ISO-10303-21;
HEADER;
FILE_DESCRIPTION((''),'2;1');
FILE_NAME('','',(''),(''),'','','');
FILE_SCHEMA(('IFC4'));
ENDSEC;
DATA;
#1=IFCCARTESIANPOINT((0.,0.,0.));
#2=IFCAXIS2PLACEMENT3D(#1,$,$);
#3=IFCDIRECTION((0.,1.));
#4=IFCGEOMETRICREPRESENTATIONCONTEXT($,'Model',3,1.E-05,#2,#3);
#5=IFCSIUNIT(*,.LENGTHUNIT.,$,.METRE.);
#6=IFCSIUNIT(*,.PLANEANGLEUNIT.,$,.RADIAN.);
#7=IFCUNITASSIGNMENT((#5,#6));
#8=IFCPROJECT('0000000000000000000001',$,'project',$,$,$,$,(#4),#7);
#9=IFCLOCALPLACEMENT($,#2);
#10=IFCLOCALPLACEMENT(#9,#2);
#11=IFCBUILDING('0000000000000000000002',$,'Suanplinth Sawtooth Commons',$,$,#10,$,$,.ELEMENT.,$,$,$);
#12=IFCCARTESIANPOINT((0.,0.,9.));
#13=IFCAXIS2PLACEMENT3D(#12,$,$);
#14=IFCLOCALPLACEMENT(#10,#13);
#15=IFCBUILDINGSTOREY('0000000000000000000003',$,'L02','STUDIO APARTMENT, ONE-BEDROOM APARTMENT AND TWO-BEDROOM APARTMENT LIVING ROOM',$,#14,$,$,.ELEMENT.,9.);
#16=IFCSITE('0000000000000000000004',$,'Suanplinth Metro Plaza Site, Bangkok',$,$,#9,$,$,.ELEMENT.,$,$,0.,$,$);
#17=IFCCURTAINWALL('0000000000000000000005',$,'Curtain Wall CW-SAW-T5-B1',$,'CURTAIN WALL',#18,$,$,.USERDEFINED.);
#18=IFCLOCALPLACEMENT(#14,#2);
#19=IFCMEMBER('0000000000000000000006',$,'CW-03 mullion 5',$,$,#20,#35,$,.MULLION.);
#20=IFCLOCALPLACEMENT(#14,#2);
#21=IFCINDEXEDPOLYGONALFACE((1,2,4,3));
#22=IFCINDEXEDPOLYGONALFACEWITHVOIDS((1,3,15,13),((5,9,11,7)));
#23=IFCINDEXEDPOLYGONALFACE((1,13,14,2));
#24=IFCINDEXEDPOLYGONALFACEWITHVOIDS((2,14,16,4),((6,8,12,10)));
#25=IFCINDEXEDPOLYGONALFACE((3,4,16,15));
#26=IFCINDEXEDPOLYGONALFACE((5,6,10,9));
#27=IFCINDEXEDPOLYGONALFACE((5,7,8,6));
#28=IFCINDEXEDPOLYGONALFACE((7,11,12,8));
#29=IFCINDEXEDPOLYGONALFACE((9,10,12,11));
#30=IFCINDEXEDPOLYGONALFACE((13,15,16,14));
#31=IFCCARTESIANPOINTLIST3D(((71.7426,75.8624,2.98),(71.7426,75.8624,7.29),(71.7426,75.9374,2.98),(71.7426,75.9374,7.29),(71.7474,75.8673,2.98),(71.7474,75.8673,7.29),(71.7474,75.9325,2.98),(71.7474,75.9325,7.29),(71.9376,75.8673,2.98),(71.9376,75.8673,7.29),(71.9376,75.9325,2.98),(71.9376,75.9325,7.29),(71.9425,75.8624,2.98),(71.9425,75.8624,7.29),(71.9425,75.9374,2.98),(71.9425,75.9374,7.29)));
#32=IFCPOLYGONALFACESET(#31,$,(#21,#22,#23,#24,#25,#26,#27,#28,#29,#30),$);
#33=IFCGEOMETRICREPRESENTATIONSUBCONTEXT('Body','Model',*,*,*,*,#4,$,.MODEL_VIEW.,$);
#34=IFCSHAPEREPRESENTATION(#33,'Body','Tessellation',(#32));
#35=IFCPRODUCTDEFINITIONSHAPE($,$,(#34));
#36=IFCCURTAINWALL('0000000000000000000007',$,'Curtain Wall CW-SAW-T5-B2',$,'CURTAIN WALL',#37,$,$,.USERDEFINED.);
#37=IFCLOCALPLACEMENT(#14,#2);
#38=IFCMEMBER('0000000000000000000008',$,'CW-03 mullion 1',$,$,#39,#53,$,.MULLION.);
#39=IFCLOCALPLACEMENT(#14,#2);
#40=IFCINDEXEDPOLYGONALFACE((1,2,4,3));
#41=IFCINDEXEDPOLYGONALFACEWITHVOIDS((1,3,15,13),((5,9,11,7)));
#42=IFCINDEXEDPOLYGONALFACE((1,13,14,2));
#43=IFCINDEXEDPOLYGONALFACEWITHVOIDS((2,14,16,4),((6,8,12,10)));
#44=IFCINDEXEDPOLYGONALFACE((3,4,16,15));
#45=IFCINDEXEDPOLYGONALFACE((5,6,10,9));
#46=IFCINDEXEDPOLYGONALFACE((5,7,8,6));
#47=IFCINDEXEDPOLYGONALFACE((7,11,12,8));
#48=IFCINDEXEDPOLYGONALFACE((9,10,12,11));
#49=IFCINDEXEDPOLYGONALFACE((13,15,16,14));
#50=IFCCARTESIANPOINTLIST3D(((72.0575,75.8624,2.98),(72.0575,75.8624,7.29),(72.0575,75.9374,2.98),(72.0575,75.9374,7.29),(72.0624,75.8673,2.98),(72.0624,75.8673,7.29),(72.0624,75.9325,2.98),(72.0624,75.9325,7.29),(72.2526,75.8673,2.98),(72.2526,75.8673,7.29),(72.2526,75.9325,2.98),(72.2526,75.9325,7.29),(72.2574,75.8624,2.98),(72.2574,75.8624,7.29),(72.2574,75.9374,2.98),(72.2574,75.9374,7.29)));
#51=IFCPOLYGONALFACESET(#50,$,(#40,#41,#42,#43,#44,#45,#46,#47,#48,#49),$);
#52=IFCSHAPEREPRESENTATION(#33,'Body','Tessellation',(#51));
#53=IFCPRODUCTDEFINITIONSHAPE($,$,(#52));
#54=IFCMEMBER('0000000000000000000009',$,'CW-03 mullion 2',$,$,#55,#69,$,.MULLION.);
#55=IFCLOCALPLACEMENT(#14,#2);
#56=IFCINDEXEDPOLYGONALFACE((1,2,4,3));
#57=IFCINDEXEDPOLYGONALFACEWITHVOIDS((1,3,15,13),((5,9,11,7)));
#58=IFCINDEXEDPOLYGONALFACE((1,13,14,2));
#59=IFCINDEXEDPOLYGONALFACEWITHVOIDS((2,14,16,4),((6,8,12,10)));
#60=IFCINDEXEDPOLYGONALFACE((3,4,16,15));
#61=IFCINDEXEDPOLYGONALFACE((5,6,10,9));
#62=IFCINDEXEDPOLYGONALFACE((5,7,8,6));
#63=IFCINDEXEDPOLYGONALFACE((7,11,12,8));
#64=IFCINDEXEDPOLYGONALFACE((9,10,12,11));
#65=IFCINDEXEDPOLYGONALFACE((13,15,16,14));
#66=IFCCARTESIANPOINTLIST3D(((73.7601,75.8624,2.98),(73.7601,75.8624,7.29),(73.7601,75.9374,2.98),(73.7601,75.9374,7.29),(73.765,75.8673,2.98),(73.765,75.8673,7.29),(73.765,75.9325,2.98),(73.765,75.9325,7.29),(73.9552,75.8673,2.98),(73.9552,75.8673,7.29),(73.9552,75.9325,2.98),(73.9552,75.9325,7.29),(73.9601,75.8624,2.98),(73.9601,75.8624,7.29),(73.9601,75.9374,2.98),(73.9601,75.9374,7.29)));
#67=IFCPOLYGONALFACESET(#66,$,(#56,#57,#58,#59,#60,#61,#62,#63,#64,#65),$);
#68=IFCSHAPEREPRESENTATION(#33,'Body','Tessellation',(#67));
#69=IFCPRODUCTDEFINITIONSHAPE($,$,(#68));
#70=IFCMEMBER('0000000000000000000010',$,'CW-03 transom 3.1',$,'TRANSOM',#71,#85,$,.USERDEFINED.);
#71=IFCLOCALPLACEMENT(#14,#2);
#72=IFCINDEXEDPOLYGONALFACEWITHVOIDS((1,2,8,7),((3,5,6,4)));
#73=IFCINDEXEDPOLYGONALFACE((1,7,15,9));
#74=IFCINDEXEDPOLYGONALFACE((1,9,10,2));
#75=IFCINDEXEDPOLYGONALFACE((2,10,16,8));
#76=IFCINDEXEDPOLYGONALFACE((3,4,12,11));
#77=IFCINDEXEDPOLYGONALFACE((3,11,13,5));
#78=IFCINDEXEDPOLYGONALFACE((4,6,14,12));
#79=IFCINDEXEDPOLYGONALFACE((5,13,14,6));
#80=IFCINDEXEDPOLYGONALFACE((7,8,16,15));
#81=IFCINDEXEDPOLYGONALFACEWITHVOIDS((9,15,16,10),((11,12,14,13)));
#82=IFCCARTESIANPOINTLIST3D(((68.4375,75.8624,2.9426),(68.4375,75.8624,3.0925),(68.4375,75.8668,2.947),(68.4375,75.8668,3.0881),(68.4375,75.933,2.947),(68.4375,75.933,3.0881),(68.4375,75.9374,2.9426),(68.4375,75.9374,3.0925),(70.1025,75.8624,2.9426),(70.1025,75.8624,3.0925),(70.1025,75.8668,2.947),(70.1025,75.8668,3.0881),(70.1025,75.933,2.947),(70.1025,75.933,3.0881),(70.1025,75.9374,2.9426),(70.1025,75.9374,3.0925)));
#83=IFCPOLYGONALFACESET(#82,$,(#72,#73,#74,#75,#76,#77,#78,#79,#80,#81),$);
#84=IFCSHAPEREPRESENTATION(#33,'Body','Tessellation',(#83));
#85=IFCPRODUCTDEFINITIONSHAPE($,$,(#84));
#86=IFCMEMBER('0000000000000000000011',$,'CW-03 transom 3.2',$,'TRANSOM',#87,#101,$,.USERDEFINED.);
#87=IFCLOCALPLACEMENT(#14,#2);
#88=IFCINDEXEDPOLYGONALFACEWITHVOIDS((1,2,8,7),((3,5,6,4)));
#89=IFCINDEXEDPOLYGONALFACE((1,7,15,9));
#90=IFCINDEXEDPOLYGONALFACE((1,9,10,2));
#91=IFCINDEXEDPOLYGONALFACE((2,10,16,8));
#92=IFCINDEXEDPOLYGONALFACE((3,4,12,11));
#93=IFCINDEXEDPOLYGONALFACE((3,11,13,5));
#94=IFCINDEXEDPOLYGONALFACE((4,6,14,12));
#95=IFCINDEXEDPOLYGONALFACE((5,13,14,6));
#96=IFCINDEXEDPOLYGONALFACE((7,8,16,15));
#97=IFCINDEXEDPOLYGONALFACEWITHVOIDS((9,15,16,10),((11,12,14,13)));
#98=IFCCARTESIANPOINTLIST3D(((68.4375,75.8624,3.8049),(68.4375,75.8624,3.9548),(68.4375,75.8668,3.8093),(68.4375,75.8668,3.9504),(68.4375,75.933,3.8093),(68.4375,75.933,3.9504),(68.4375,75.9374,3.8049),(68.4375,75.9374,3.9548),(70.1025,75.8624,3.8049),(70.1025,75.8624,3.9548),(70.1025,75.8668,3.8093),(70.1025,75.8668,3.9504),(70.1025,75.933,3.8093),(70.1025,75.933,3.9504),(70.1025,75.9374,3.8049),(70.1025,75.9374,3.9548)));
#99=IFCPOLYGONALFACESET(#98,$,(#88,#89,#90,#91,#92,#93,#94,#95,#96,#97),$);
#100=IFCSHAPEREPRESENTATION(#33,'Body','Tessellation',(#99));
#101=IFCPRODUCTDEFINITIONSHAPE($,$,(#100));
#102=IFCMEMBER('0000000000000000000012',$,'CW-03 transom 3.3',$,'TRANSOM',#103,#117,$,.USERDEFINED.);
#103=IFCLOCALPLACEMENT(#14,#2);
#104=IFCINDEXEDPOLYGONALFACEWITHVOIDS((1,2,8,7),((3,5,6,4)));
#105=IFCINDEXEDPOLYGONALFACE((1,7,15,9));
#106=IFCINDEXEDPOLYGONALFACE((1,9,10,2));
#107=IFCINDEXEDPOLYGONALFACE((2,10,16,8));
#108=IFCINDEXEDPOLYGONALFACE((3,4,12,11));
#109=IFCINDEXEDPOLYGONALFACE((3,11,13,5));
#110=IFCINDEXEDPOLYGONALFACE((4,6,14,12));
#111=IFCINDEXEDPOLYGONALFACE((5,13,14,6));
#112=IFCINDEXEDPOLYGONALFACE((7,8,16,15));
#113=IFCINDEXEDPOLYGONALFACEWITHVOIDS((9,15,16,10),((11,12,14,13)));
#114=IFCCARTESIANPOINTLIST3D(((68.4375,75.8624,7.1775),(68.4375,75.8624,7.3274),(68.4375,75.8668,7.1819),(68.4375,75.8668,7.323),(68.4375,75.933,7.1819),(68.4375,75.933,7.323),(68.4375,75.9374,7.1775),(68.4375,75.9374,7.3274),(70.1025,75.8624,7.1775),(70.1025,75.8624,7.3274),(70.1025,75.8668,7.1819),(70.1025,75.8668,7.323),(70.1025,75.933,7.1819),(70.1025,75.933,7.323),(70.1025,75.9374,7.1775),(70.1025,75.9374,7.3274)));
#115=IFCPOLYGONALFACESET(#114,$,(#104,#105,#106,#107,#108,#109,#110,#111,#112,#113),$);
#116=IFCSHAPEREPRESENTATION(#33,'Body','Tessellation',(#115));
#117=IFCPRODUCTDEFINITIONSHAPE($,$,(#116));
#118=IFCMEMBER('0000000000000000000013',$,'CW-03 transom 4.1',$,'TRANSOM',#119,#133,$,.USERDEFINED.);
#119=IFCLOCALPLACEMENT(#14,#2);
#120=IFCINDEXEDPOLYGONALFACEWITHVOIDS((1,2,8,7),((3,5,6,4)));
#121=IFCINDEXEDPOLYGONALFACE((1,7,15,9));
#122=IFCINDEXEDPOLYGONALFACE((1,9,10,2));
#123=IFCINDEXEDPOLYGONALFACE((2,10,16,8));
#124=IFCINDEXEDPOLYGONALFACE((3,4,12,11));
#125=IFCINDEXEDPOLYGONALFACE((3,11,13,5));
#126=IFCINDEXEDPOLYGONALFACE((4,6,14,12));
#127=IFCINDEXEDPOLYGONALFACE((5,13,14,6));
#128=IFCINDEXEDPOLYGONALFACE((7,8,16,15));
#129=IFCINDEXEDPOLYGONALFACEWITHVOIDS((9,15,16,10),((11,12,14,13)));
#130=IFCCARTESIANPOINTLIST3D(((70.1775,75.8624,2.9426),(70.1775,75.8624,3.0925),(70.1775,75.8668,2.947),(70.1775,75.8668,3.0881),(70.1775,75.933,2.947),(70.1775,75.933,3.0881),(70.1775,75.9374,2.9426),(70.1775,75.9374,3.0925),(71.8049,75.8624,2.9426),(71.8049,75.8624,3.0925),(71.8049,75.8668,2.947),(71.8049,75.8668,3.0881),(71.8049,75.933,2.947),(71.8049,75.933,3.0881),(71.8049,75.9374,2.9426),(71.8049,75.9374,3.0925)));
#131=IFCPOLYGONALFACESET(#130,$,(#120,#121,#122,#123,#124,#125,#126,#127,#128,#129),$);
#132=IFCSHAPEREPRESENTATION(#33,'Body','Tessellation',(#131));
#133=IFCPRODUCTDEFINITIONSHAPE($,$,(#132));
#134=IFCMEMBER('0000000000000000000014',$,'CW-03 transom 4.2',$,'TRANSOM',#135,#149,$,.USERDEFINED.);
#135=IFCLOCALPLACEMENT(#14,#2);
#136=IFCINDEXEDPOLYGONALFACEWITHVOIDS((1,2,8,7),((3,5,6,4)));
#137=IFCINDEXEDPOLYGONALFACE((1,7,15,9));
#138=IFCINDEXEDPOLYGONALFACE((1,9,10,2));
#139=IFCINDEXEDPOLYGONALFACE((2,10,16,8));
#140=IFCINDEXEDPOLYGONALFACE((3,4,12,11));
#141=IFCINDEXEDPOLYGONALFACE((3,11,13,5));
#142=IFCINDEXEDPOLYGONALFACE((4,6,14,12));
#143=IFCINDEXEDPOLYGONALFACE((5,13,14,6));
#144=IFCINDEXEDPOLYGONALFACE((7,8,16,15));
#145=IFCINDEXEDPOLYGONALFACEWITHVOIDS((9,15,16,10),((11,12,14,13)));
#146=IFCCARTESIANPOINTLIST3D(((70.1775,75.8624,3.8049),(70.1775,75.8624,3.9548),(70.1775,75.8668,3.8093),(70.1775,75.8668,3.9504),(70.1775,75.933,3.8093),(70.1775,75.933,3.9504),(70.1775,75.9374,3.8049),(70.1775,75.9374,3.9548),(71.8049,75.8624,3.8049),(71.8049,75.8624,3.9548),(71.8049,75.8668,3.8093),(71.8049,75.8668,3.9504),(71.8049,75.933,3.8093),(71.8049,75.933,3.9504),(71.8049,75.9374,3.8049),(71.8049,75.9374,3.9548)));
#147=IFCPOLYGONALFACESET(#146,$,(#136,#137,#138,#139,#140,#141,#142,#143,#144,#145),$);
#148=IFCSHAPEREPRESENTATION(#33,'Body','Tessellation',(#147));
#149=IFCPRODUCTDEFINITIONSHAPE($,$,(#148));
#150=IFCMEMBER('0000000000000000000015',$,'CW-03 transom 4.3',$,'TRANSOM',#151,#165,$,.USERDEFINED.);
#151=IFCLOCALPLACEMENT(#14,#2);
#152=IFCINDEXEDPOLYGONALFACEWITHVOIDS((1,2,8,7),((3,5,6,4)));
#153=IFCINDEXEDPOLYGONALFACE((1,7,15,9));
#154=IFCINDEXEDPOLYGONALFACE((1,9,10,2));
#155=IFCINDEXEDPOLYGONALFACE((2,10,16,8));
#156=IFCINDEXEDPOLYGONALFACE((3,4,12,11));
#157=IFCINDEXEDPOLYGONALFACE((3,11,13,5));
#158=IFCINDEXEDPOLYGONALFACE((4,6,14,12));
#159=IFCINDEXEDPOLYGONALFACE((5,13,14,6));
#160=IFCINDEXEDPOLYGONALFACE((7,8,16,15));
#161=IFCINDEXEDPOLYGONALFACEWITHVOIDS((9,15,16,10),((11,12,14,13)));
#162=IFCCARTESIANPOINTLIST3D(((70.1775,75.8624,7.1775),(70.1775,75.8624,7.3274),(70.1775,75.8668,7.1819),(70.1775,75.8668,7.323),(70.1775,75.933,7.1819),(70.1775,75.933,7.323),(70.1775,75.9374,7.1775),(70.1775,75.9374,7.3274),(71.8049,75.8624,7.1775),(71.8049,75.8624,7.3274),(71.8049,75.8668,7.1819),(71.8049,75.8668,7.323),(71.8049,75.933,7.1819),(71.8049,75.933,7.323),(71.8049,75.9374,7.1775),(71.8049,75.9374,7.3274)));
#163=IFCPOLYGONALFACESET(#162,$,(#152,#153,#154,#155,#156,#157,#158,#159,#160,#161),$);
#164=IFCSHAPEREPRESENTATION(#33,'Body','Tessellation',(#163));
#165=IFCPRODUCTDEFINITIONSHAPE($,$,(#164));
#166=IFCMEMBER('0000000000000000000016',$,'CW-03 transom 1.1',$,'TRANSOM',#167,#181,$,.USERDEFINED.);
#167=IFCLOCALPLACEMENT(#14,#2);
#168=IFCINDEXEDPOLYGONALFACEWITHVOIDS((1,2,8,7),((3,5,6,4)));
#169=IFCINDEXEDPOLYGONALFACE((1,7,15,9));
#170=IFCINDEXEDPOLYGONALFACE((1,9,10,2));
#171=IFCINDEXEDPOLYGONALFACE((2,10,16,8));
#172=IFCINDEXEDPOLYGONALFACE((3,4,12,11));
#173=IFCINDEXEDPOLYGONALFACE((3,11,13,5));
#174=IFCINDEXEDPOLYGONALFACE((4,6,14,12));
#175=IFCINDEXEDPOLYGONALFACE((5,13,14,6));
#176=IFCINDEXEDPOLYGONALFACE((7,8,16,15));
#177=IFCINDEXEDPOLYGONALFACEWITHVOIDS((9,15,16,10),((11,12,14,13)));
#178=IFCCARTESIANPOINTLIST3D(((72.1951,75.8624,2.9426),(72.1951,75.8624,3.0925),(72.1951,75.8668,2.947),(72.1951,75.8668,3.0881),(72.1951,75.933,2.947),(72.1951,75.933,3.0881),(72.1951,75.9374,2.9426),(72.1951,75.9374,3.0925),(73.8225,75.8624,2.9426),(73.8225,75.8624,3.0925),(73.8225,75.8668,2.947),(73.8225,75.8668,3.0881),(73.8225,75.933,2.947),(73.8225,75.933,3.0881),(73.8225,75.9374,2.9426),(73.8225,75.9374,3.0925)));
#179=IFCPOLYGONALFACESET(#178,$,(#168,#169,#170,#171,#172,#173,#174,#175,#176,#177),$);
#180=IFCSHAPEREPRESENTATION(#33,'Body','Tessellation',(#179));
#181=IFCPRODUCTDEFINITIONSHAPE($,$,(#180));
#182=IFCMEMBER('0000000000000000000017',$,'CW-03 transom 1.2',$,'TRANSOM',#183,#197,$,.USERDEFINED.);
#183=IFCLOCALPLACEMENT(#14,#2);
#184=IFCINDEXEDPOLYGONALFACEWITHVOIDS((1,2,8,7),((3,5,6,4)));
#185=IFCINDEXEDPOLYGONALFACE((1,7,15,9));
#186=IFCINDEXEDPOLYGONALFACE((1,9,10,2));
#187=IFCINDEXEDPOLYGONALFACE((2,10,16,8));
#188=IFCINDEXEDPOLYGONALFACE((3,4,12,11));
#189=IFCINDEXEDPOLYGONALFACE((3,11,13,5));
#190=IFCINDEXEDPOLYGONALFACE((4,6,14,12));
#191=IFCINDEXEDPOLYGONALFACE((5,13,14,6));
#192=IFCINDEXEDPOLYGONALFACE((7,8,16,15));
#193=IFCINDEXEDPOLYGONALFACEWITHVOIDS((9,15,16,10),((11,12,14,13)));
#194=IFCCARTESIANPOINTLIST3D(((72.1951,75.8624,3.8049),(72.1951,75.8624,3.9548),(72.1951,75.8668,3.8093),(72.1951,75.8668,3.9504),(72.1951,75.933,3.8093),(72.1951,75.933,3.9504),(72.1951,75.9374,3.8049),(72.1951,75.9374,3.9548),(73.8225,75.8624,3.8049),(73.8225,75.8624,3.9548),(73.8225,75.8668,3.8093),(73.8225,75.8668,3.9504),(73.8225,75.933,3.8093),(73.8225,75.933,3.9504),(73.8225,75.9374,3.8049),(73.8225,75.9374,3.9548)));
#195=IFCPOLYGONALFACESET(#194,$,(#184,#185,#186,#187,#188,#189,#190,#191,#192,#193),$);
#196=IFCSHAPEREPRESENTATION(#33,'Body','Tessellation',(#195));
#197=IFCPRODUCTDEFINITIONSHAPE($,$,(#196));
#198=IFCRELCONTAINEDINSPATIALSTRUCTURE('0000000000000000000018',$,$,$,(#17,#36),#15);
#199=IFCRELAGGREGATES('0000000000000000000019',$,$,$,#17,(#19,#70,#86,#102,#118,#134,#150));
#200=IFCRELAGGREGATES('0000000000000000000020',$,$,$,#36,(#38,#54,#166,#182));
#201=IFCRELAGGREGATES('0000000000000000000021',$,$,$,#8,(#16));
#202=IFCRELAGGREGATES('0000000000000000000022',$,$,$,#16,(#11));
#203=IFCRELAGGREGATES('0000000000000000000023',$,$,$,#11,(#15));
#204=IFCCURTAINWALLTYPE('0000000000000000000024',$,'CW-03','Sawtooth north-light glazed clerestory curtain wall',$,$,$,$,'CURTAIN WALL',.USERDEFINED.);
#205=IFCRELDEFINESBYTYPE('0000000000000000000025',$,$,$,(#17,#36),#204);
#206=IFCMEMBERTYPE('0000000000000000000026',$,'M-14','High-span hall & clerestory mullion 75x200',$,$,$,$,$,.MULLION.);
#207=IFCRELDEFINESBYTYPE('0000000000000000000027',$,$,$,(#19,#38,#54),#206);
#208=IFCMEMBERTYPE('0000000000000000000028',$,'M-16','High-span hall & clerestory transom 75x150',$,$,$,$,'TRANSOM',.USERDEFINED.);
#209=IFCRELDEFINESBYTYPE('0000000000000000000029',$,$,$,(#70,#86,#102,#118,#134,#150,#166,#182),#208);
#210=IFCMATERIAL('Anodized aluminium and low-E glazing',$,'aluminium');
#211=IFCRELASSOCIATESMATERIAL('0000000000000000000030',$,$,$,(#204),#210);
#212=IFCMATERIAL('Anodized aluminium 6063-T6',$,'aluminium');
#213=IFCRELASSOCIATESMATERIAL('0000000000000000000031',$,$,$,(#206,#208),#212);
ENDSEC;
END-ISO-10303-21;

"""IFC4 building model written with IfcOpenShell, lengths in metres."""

from ifc_helpers import new_model, si_unit, direction, frame, origin, origin_2d, place, context, subcontext, project, spatial, hollow_rectangle, extrude, material, material_profile, profile_set, type_object, element, aggregate, save


model = new_model("IFC4")

# Units and contexts
model_context = context("Model", 3, precision=1e-05, world=origin(), true_north=direction((0.0, 1.0)))
body_context = subcontext(model_context, "Body", "Model", "MODEL_VIEW")
ifc_project = project(units=[si_unit("LENGTHUNIT", "METRE"), si_unit("PLANEANGLEUNIT", "RADIAN")], contexts=[model_context])

# Site, building, storey
site_placement = place(None, origin())
site = spatial("IfcSite", under=ifc_project, at=site_placement, Name="Suanplinth Metro Plaza Site, Bangkok", CompositionType="ELEMENT", RefElevation=0.0)
building_placement = place(site_placement, origin())
building = spatial("IfcBuilding", under=site, at=building_placement, Name="Suanplinth Sawtooth Commons", CompositionType="ELEMENT")
storey_placement = place(building_placement, frame((0.0, 0.0, 9.0)))
storey = spatial("IfcBuildingStorey", under=building, at=storey_placement, Name="L02", Description="STUDIO APARTMENT, ONE-BEDROOM APARTMENT AND TWO-BEDROOM APARTMENT LIVING ROOM", CompositionType="ELEMENT", Elevation=9.0)

# Curtain walls, members
ifc_material_1 = material(Name="Anodized aluminium and low-E glazing", Category="aluminium")
curtain_wall_type = type_object("IfcCurtainWallType", Name="CW-03", Description="Sawtooth north-light glazed clerestory curtain wall", ElementType="CURTAIN WALL", PredefinedType="USERDEFINED", material=ifc_material_1)
curtain_wall_1_placement = place(storey_placement, origin())
curtain_wall_1 = element("IfcCurtainWall", 1, at=curtain_wall_1_placement, inside=storey, type_object=curtain_wall_type, Name="Curtain Wall CW-SAW-T5-B1", ObjectType="CURTAIN WALL", PredefinedType="USERDEFINED")
ifc_material_2 = material(Name="Anodized aluminium 6063-T6", Category="aluminium")
ifc_material_profile_1 = material_profile(ifc_material_2, hollow_rectangle(XDim=0.075, YDim=0.2, WallThickness=0.0049, at=origin_2d()), Name="ALU-MUL 75x200")
ifc_profile_set_1 = profile_set([ifc_material_profile_1], Name="Anodized aluminium 6063-T6")
member_type_1 = type_object("IfcMemberType", Name="M-14", Description="High-span hall & clerestory mullion 75x200", PredefinedType="MULLION", material=ifc_profile_set_1)
member_1_placement = place(storey_placement, frame((71.8425, 75.8999, 2.98), z_axis=(0.0, 0.0, 1.0), x_axis=(0.0, 1.0, 0.0)))
member_1 = element("IfcMember", 2, at=member_1_placement, type_object=member_type_1, Name="CW-03 mullion 5", PredefinedType="MULLION", context=body_context, shape_type="SweptSolid", body=[
    extrude(hollow_rectangle(XDim=0.075, YDim=0.2, WallThickness=0.0049, at=origin_2d()), origin(), (0.0, 0.0, 1.0), 4.3101),
])
curtain_wall_2_placement = place(storey_placement, origin())
curtain_wall_2 = element("IfcCurtainWall", 3, at=curtain_wall_2_placement, inside=storey, type_object=curtain_wall_type, Name="Curtain Wall CW-SAW-T5-B2", ObjectType="CURTAIN WALL", PredefinedType="USERDEFINED")
member_2_placement = place(storey_placement, frame((72.1575, 75.8999, 2.98), z_axis=(0.0, 0.0, 1.0), x_axis=(0.0, 1.0, 0.0)))
member_2 = element("IfcMember", 4, at=member_2_placement, type_object=member_type_1, Name="CW-03 mullion 1", PredefinedType="MULLION", context=body_context, shape_type="SweptSolid", body=[
    extrude(hollow_rectangle(XDim=0.075, YDim=0.2, WallThickness=0.0049, at=origin_2d()), origin(), (0.0, 0.0, 1.0), 4.3101),
])
member_3_placement = place(storey_placement, frame((73.8601, 75.8999, 2.98), z_axis=(0.0, 0.0, 1.0), x_axis=(0.0, 1.0, 0.0)))
member_3 = element("IfcMember", 5, at=member_3_placement, type_object=member_type_1, Name="CW-03 mullion 2", PredefinedType="MULLION", context=body_context, shape_type="SweptSolid", body=[
    extrude(hollow_rectangle(XDim=0.075, YDim=0.2, WallThickness=0.0049, at=origin_2d()), origin(), (0.0, 0.0, 1.0), 4.3101),
])

# Members
ifc_material_profile_2 = material_profile(ifc_material_2, hollow_rectangle(XDim=0.075, YDim=0.1499, WallThickness=0.0044, at=origin_2d()), Name="ALU-TRN 75x150")
ifc_profile_set_2 = profile_set([ifc_material_profile_2], Name="Anodized aluminium 6063-T6")
member_type_2 = type_object("IfcMemberType", Name="M-16", Description="High-span hall & clerestory transom 75x150", ElementType="TRANSOM", PredefinedType="USERDEFINED", material=ifc_profile_set_2)
member_4_placement = place(storey_placement, frame((68.4375, 75.8999, 3.0176), z_axis=(1.0, 0.0, 0.0), x_axis=(0.0, 1.0, 0.0)))
member_4 = element("IfcMember", 6, at=member_4_placement, type_object=member_type_2, Name="CW-03 transom 3.1", ObjectType="TRANSOM", PredefinedType="USERDEFINED", context=body_context, shape_type="SweptSolid", body=[
    extrude(hollow_rectangle(XDim=0.075, YDim=0.1499, WallThickness=0.0044, at=origin_2d()), origin(), (0.0, 0.0, 1.0), 1.665),
])
member_5_placement = place(storey_placement, frame((68.4375, 75.8999, 3.8799), z_axis=(1.0, 0.0, 0.0), x_axis=(0.0, 1.0, 0.0)))
member_5 = element("IfcMember", 7, at=member_5_placement, type_object=member_type_2, Name="CW-03 transom 3.2", ObjectType="TRANSOM", PredefinedType="USERDEFINED", context=body_context, shape_type="SweptSolid", body=[
    extrude(hollow_rectangle(XDim=0.075, YDim=0.1499, WallThickness=0.0044, at=origin_2d()), origin(), (0.0, 0.0, 1.0), 1.665),
])
member_6_placement = place(storey_placement, frame((68.4375, 75.8999, 7.2524), z_axis=(1.0, 0.0, 0.0), x_axis=(0.0, 1.0, 0.0)))
member_6 = element("IfcMember", 8, at=member_6_placement, type_object=member_type_2, Name="CW-03 transom 3.3", ObjectType="TRANSOM", PredefinedType="USERDEFINED", context=body_context, shape_type="SweptSolid", body=[
    extrude(hollow_rectangle(XDim=0.075, YDim=0.1499, WallThickness=0.0044, at=origin_2d()), origin(), (0.0, 0.0, 1.0), 1.665),
])
member_7_placement = place(storey_placement, frame((70.1775, 75.8999, 3.0176), z_axis=(1.0, 0.0, 0.0), x_axis=(0.0, 1.0, 0.0)))
member_7 = element("IfcMember", 9, at=member_7_placement, type_object=member_type_2, Name="CW-03 transom 4.1", ObjectType="TRANSOM", PredefinedType="USERDEFINED", context=body_context, shape_type="SweptSolid", body=[
    extrude(hollow_rectangle(XDim=0.075, YDim=0.1499, WallThickness=0.0044, at=origin_2d()), origin(), (0.0, 0.0, 1.0), 1.6274),
])
member_8_placement = place(storey_placement, frame((70.1775, 75.8999, 3.8799), z_axis=(1.0, 0.0, 0.0), x_axis=(0.0, 1.0, 0.0)))
member_8 = element("IfcMember", 10, at=member_8_placement, type_object=member_type_2, Name="CW-03 transom 4.2", ObjectType="TRANSOM", PredefinedType="USERDEFINED", context=body_context, shape_type="SweptSolid", body=[
    extrude(hollow_rectangle(XDim=0.075, YDim=0.1499, WallThickness=0.0044, at=origin_2d()), origin(), (0.0, 0.0, 1.0), 1.6274),
])
member_9_placement = place(storey_placement, frame((70.1775, 75.8999, 7.2524), z_axis=(1.0, 0.0, 0.0), x_axis=(0.0, 1.0, 0.0)))
member_9 = element("IfcMember", 11, at=member_9_placement, type_object=member_type_2, Name="CW-03 transom 4.3", ObjectType="TRANSOM", PredefinedType="USERDEFINED", context=body_context, shape_type="SweptSolid", body=[
    extrude(hollow_rectangle(XDim=0.075, YDim=0.1499, WallThickness=0.0044, at=origin_2d()), origin(), (0.0, 0.0, 1.0), 1.6274),
])
member_10_placement = place(storey_placement, frame((72.1951, 75.8999, 3.0176), z_axis=(1.0, 0.0, 0.0), x_axis=(0.0, 1.0, 0.0)))
member_10 = element("IfcMember", 12, at=member_10_placement, type_object=member_type_2, Name="CW-03 transom 1.1", ObjectType="TRANSOM", PredefinedType="USERDEFINED", context=body_context, shape_type="SweptSolid", body=[
    extrude(hollow_rectangle(XDim=0.075, YDim=0.1499, WallThickness=0.0044, at=origin_2d()), origin(), (0.0, 0.0, 1.0), 1.6274),
])
member_11_placement = place(storey_placement, frame((72.1951, 75.8999, 3.8799), z_axis=(1.0, 0.0, 0.0), x_axis=(0.0, 1.0, 0.0)))
member_11 = element("IfcMember", 13, at=member_11_placement, type_object=member_type_2, Name="CW-03 transom 1.2", ObjectType="TRANSOM", PredefinedType="USERDEFINED", context=body_context, shape_type="SweptSolid", body=[
    extrude(hollow_rectangle(XDim=0.075, YDim=0.1499, WallThickness=0.0044, at=origin_2d()), origin(), (0.0, 0.0, 1.0), 1.6274),
])

aggregate(curtain_wall_1, [member_1, member_4, member_5, member_6, member_7, member_8, member_9])
aggregate(curtain_wall_2, [member_2, member_3, member_10, member_11])

save(model, "model.ifc")
